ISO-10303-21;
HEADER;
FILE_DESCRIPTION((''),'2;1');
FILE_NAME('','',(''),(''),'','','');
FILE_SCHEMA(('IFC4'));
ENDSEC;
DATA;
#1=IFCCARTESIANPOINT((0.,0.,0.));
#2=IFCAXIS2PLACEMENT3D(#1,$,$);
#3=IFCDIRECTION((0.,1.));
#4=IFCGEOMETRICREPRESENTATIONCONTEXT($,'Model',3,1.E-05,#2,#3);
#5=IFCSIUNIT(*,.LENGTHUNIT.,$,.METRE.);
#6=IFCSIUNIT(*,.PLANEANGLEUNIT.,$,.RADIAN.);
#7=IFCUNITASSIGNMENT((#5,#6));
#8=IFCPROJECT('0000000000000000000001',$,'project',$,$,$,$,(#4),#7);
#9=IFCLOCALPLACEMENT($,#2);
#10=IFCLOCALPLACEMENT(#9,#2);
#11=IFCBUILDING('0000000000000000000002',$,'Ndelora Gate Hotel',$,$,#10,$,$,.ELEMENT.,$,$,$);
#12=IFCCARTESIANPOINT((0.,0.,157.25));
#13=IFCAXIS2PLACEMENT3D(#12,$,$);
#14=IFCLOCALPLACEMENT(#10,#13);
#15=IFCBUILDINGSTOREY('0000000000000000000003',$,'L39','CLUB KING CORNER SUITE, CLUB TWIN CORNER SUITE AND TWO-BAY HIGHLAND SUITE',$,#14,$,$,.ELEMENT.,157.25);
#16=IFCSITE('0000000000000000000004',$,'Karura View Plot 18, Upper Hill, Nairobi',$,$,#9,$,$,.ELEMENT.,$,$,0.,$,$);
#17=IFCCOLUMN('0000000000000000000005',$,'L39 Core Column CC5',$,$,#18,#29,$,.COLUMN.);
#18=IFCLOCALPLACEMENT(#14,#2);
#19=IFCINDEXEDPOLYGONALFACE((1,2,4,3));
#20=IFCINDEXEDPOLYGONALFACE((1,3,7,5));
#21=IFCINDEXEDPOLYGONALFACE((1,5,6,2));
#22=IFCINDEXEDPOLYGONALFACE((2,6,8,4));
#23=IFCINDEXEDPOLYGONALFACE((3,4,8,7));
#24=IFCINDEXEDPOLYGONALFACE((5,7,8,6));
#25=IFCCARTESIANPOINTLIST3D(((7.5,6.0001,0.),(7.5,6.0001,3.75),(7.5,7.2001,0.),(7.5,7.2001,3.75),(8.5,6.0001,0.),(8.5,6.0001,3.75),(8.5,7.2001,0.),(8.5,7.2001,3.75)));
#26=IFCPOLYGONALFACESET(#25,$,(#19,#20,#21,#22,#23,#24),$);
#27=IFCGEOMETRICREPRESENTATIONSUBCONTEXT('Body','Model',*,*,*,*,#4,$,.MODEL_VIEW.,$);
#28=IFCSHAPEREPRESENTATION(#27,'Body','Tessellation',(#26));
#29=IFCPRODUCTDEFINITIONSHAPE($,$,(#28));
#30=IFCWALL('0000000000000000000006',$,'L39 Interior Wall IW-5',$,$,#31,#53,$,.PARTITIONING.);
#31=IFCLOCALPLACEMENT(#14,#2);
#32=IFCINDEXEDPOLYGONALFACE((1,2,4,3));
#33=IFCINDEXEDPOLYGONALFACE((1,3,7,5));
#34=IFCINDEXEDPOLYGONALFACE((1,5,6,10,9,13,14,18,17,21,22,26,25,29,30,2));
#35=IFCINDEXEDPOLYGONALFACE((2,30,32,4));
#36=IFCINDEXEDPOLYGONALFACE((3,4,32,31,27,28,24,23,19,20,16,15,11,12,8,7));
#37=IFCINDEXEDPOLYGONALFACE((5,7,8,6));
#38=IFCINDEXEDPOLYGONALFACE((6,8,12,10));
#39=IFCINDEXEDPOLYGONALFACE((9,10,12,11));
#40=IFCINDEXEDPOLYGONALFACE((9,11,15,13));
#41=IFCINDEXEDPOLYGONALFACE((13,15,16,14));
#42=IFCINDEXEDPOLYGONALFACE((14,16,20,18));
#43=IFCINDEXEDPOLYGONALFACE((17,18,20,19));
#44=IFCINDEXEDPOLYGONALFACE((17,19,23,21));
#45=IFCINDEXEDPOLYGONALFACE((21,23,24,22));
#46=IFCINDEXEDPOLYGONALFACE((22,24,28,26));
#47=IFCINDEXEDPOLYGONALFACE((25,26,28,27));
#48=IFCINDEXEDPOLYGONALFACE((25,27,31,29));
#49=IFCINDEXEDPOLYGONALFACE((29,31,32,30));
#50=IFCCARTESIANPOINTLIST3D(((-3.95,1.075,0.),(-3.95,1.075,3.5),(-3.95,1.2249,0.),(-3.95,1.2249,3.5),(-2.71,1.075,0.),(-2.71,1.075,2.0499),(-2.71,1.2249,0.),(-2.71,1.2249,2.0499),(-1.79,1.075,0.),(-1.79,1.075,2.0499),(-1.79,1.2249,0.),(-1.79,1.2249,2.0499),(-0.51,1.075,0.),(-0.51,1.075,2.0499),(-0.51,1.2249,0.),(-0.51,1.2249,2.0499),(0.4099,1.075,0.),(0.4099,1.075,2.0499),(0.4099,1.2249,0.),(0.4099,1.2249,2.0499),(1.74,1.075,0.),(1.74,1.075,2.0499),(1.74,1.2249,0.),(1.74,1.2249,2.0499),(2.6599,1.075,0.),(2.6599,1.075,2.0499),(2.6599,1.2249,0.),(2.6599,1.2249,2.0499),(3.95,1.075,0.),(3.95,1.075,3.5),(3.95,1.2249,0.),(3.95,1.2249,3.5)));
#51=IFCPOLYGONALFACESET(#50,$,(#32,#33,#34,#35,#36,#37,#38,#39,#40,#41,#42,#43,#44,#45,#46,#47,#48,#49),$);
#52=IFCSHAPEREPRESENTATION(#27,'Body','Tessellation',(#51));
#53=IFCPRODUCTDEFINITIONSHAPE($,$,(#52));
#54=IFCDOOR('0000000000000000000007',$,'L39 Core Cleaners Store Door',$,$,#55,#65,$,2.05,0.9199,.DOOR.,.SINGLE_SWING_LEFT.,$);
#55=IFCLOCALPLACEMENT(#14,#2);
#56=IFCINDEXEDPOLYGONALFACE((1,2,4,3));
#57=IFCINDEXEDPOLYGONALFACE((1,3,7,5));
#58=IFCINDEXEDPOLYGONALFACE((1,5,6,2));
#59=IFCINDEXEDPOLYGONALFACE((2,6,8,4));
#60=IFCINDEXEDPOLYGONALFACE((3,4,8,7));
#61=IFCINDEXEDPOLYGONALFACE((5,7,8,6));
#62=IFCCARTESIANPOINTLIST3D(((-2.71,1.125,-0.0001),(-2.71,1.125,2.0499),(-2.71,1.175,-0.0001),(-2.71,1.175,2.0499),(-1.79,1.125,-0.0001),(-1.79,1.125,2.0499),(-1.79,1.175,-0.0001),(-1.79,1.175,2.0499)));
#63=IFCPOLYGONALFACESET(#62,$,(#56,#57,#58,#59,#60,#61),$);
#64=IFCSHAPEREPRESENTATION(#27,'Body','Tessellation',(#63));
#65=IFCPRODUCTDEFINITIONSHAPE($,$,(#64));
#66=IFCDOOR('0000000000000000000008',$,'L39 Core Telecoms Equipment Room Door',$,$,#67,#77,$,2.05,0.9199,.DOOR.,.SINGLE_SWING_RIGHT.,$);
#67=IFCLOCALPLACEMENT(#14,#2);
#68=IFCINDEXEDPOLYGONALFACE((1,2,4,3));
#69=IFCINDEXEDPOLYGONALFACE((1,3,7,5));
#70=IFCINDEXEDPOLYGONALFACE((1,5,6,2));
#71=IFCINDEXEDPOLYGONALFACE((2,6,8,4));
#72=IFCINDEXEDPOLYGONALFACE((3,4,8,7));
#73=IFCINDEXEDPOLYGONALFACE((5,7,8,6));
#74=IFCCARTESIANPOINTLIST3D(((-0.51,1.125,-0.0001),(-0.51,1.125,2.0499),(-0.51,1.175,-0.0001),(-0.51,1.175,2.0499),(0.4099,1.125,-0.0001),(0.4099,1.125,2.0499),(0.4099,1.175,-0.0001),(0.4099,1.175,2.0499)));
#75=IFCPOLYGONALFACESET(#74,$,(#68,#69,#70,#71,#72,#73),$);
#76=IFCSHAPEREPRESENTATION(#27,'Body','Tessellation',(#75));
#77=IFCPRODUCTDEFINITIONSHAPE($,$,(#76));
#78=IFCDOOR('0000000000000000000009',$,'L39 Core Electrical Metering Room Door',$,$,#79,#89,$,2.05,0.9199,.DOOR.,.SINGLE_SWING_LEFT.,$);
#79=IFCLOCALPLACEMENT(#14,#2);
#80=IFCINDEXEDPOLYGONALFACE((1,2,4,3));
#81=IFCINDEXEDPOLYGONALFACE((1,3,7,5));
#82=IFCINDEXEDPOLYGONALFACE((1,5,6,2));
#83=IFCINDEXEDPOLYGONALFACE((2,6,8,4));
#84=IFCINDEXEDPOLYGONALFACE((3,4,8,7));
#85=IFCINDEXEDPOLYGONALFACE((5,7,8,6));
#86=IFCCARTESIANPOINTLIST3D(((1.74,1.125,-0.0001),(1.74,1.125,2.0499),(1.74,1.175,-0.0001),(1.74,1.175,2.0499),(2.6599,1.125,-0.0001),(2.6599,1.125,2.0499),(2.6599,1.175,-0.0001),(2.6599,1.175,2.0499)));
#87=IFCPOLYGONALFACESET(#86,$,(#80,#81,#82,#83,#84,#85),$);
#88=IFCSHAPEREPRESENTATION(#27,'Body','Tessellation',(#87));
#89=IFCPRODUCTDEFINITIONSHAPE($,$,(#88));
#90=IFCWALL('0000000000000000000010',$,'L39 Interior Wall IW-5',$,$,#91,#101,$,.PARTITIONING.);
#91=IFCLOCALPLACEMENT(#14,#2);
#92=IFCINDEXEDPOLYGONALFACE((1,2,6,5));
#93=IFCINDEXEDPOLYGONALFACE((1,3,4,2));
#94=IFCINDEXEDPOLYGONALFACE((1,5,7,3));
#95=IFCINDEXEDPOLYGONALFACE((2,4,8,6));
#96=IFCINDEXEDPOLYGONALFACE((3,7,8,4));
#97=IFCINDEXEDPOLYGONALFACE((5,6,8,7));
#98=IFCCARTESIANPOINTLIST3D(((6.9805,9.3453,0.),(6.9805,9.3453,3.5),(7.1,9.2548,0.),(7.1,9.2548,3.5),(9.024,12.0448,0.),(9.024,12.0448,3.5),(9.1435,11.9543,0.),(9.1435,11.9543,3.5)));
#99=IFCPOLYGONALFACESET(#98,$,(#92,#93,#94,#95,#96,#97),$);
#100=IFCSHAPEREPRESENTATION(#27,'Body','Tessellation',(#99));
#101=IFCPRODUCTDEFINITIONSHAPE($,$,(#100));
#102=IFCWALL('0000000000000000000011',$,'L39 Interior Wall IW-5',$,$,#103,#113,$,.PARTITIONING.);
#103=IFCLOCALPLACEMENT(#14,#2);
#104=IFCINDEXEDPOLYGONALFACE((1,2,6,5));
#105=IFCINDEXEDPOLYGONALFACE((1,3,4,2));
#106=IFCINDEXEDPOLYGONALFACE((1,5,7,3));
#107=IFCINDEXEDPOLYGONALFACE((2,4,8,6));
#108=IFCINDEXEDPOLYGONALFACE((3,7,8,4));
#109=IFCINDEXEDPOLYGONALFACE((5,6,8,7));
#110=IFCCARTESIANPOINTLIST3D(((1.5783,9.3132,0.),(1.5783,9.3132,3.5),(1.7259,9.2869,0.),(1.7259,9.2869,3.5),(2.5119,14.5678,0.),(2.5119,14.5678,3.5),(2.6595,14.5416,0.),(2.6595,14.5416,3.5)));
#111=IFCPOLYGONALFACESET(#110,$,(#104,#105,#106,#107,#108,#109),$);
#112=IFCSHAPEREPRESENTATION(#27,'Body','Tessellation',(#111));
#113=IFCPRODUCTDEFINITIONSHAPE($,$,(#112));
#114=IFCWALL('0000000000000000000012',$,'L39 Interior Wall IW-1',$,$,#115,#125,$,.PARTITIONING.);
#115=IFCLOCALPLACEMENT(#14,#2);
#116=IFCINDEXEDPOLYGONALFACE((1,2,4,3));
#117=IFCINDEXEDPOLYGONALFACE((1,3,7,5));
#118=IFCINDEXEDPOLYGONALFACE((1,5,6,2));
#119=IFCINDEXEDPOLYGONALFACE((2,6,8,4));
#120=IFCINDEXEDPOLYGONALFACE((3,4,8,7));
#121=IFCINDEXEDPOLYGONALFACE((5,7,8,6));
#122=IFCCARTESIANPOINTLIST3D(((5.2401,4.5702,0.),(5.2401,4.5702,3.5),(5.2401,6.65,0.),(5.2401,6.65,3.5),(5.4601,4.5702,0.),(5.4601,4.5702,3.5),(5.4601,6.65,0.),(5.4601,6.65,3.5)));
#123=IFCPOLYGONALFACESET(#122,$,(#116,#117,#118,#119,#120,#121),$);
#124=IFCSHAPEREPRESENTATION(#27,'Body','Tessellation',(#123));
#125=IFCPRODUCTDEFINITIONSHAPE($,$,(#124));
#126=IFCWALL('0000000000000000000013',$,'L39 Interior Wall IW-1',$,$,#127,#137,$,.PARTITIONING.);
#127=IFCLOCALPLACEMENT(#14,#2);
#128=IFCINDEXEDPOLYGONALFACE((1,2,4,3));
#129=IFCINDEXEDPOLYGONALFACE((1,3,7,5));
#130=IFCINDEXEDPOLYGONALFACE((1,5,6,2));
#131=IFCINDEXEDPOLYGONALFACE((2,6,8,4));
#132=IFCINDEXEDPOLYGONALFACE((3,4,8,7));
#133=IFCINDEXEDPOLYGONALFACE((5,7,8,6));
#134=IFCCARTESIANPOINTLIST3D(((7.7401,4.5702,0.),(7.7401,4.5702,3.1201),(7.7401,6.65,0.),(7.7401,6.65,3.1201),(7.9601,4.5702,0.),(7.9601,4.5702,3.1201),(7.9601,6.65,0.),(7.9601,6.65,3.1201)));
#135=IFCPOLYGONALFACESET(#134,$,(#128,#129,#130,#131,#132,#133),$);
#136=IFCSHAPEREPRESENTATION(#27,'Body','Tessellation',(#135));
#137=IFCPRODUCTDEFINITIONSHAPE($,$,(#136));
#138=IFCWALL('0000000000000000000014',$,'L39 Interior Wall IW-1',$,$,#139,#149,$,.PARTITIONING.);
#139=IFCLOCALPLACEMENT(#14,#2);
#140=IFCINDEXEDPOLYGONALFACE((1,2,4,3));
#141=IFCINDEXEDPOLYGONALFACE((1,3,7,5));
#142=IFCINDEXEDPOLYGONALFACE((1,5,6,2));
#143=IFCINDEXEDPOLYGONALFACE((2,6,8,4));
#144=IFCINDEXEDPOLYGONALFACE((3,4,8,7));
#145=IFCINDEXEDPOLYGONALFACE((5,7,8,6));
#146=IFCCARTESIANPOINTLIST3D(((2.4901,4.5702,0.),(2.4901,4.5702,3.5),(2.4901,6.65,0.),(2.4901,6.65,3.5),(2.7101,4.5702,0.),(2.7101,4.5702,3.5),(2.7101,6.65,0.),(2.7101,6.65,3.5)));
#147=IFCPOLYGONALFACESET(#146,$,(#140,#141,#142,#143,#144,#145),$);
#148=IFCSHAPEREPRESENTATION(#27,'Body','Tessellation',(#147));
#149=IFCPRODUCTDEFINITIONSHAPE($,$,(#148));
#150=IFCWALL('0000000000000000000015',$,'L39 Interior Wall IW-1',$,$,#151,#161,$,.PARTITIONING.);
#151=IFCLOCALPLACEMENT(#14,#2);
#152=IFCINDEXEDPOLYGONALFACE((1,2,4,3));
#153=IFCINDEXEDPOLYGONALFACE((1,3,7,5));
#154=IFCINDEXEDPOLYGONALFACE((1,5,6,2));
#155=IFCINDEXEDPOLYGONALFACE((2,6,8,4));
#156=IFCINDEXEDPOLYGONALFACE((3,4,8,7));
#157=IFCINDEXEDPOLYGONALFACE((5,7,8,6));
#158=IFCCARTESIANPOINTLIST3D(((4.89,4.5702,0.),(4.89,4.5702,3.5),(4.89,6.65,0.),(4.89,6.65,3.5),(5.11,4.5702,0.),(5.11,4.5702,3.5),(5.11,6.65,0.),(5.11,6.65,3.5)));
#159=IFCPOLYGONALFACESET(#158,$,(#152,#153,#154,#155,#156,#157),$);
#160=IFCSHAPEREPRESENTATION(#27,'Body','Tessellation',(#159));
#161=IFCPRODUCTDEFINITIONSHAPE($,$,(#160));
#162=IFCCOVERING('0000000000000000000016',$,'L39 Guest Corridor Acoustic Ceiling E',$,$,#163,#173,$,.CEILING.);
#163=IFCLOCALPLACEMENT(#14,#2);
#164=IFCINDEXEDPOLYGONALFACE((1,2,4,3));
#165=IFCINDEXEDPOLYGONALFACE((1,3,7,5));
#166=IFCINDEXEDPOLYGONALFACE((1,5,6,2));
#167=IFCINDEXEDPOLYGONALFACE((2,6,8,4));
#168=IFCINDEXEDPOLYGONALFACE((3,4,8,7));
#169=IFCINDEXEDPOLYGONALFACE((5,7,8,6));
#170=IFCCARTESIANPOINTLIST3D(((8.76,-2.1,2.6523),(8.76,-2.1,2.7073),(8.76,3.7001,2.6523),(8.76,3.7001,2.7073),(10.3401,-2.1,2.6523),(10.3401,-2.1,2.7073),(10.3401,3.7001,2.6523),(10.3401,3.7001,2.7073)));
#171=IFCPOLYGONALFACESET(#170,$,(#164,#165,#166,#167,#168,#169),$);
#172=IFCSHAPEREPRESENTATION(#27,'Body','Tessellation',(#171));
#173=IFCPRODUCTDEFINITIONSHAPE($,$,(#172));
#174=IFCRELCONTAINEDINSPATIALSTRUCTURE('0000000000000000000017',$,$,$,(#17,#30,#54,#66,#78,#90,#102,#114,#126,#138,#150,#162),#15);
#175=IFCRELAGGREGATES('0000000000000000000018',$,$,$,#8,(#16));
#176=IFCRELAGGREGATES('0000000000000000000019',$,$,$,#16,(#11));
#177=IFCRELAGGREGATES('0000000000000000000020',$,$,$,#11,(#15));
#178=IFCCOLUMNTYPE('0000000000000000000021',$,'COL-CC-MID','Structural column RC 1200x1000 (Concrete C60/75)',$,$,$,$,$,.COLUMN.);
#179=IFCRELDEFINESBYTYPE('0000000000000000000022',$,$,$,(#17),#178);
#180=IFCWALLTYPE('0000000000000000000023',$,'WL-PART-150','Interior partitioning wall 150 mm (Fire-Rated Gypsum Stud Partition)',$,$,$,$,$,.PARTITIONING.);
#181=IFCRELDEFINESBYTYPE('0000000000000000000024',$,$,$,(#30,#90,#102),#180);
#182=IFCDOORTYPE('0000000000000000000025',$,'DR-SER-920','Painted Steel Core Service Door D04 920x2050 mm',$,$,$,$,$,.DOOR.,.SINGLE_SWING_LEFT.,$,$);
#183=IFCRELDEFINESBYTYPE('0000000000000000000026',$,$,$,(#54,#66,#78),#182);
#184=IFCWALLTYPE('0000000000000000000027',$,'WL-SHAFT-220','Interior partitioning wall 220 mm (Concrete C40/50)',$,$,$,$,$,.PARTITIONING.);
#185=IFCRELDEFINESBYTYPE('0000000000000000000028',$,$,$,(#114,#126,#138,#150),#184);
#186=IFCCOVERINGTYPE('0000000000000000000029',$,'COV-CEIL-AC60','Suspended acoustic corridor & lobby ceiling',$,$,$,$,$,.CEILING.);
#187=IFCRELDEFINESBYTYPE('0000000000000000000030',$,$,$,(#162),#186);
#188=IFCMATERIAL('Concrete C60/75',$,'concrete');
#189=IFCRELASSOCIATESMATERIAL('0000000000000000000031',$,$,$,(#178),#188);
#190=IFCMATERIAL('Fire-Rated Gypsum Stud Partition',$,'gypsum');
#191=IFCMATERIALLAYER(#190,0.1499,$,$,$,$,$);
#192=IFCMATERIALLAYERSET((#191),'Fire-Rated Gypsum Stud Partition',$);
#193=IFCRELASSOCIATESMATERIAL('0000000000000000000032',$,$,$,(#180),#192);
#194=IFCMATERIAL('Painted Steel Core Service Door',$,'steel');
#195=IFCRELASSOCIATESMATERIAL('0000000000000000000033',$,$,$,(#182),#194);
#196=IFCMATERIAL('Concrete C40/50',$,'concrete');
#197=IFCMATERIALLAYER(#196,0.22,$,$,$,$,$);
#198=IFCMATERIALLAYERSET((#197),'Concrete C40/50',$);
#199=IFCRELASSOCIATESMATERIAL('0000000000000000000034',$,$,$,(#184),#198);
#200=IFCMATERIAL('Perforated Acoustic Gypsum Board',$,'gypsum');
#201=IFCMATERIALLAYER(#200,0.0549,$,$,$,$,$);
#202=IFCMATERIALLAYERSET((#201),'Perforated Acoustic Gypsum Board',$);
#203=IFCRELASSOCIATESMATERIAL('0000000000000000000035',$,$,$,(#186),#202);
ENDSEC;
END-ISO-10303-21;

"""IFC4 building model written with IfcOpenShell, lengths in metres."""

from ifc_helpers import new_model, si_unit, direction, frame, frame_2d, origin, origin_2d, place, context, subcontext, project, spatial, rectangle, extrude, material, layer, layer_set, material_profile, profile_set, type_object, element, fill, save


model = new_model("IFC4")

# Units and contexts
model_context = context("Model", 3, precision=1e-05, world=origin(), true_north=direction((0.0, 1.0)))
body_context = subcontext(model_context, "Body", "Model", "MODEL_VIEW")
ifc_project = project(units=[si_unit("LENGTHUNIT", "METRE"), si_unit("PLANEANGLEUNIT", "RADIAN")], contexts=[model_context])

# Site, building, storey
site_placement = place(None, origin())
site = spatial("IfcSite", under=ifc_project, at=site_placement, Name="Karura View Plot 18, Upper Hill, Nairobi", CompositionType="ELEMENT", RefElevation=0.0)
building_placement = place(site_placement, origin())
building = spatial("IfcBuilding", under=site, at=building_placement, Name="Ndelora Gate Hotel", CompositionType="ELEMENT")
storey_placement = place(building_placement, frame((0.0, 0.0, 157.25)))
storey = spatial("IfcBuildingStorey", under=building, at=storey_placement, Name="L39", Description="CLUB KING CORNER SUITE, CLUB TWIN CORNER SUITE AND TWO-BAY HIGHLAND SUITE", CompositionType="ELEMENT", Elevation=157.25)

# Column
ifc_material_1 = material(Name="Concrete C60/75", Category="concrete")
ifc_material_profile = material_profile(ifc_material_1, rectangle(XDim=1.0, YDim=1.2, at=origin_2d()), Name="RC 1200x1000")
ifc_profile_set = profile_set([ifc_material_profile], Name="Concrete C60/75")
column_type = type_object("IfcColumnType", Name="COL-CC-MID", Description="Structural column RC 1200x1000 (Concrete C60/75)", PredefinedType="COLUMN", material=ifc_profile_set)
column_placement = place(storey_placement, frame((8.0, 6.6001, 0.0), z_axis=(0.0, 0.0, 1.0), x_axis=(1.0, 0.0, 0.0)))
element("IfcColumn", 1, at=column_placement, inside=storey, type_object=column_type, Name="L39 Core Column CC5", PredefinedType="COLUMN", context=body_context, shape_type="SweptSolid", body=[
    extrude(rectangle(XDim=1.0, YDim=1.2, at=origin_2d()), origin(), (0.0, 0.0, 1.0), 3.75),
])

# Shared definitions
ifc_material_2 = material(Name="Concrete C40/50", Category="concrete")

# Wall, openings, doors
ifc_material_3 = material(Name="Fire-Rated Gypsum Stud Partition", Category="gypsum")
ifc_layer_1 = layer(ifc_material_3, 0.1499)
ifc_layer_set_1 = layer_set([ifc_layer_1], Name="Fire-Rated Gypsum Stud Partition")
wall_type_1 = type_object("IfcWallType", Name="WL-PART-150", Description="Interior partitioning wall 150 mm (Fire-Rated Gypsum Stud Partition)", PredefinedType="PARTITIONING", material=ifc_layer_set_1)
wall_1_placement = place(storey_placement, frame((3.95, 1.1499, 0.0), z_axis=(0.0, 0.0, 1.0), x_axis=(-1.0, 0.0, 0.0)))
wall_1 = element("IfcWall", 2, at=wall_1_placement, inside=storey, type_object=wall_type_1, Name="L39 Interior Wall IW-5", PredefinedType="PARTITIONING", context=body_context, shape_type="SweptSolid", body=[
    extrude(rectangle(XDim=7.8999, YDim=0.1499, at=frame_2d((3.95, 0.0))), origin(), (0.0, 0.0, 1.0), 3.5),
])
opening_1_placement = place(wall_1_placement, frame((5.74, 0.0, 0.0)))
opening_1 = element("IfcOpeningElement", 3, at=opening_1_placement, cuts=wall_1, PredefinedType="OPENING", context=body_context, shape_type="SweptSolid", body=[
    extrude(rectangle(XDim=0.9199, YDim=2.05, at=frame_2d((0.46, 1.0249))), frame((0.0, 0.085, 0.0), z_axis=(0.0, -1.0, 0.0), x_axis=(1.0, 0.0, 0.0)), (0.0, 0.0, 1.0), 0.1699),
])
opening_2_placement = place(wall_1_placement, frame((3.54, 0.0, 0.0)))
opening_2 = element("IfcOpeningElement", 4, at=opening_2_placement, cuts=wall_1, PredefinedType="OPENING", context=body_context, shape_type="SweptSolid", body=[
    extrude(rectangle(XDim=0.9199, YDim=2.05, at=frame_2d((0.46, 1.0249))), frame((0.0, 0.085, 0.0), z_axis=(0.0, -1.0, 0.0), x_axis=(1.0, 0.0, 0.0)), (0.0, 0.0, 1.0), 0.1699),
])
opening_3_placement = place(wall_1_placement, frame((1.29, 0.0, 0.0)))
opening_3 = element("IfcOpeningElement", 5, at=opening_3_placement, cuts=wall_1, PredefinedType="OPENING", context=body_context, shape_type="SweptSolid", body=[
    extrude(rectangle(XDim=0.9199, YDim=2.05, at=frame_2d((0.46, 1.0249))), frame((0.0, 0.085, 0.0), z_axis=(0.0, -1.0, 0.0), x_axis=(1.0, 0.0, 0.0)), (0.0, 0.0, 1.0), 0.1699),
])
ifc_material_4 = material(Name="Painted Steel Core Service Door", Category="steel")
door_type_1 = type_object("IfcDoorType", Name="DR-SER-920", Description="Painted Steel Core Service Door D04 920x2050 mm", OperationType="SINGLE_SWING_LEFT", PredefinedType="DOOR", material=ifc_material_4)
door_1_placement = place(opening_1_placement, origin())
door_1 = element("IfcDoor", 6, at=door_1_placement, inside=storey, type_object=door_type_1, Name="L39 Core Cleaners Store Door", OperationType="SINGLE_SWING_LEFT", OverallHeight=2.05, OverallWidth=0.9199, PredefinedType="DOOR", context=body_context, shape_type="SweptSolid", body=[
    extrude(rectangle(XDim=0.9199, YDim=2.05, at=frame_2d((0.46, 1.0249))), frame((0.0, 0.0249, 0.0), z_axis=(0.0, -1.0, 0.0), x_axis=(1.0, 0.0, 0.0)), (0.0, 0.0, 1.0), 0.05),
])
fill(opening_1, door_1)
door_2_placement = place(opening_2_placement, origin())
door_2 = element("IfcDoor", 7, at=door_2_placement, inside=storey, type_object=door_type_1, Name="L39 Core Telecoms Equipment Room Door", OperationType="SINGLE_SWING_RIGHT", OverallHeight=2.05, OverallWidth=0.9199, PredefinedType="DOOR", context=body_context, shape_type="SweptSolid", body=[
    extrude(rectangle(XDim=0.9199, YDim=2.05, at=frame_2d((0.46, 1.0249))), frame((0.0, 0.0249, 0.0), z_axis=(0.0, -1.0, 0.0), x_axis=(1.0, 0.0, 0.0)), (0.0, 0.0, 1.0), 0.05),
])
fill(opening_2, door_2)
door_3_placement = place(opening_3_placement, origin())
door_3 = element("IfcDoor", 8, at=door_3_placement, inside=storey, type_object=door_type_1, Name="L39 Core Electrical Metering Room Door", OperationType="SINGLE_SWING_LEFT", OverallHeight=2.05, OverallWidth=0.9199, PredefinedType="DOOR", context=body_context, shape_type="SweptSolid", body=[
    extrude(rectangle(XDim=0.9199, YDim=2.05, at=frame_2d((0.46, 1.0249))), frame((0.0, 0.0249, 0.0), z_axis=(0.0, -1.0, 0.0), x_axis=(1.0, 0.0, 0.0)), (0.0, 0.0, 1.0), 0.05),
])
fill(opening_3, door_3)

# Walls
wall_2_placement = place(storey_placement, frame((7.0403, 9.3, 0.0), z_axis=(0.0, 0.0, 1.0), x_axis=(0.603559, 0.797318, 0.0)))
element("IfcWall", 9, at=wall_2_placement, inside=storey, type_object=wall_type_1, Name="L39 Interior Wall IW-5", PredefinedType="PARTITIONING", context=body_context, shape_type="SweptSolid", body=[
    extrude(rectangle(XDim=3.3857, YDim=0.1499, at=frame_2d((1.6929, 0.0))), origin(), (0.0, 0.0, 1.0), 3.5),
])
wall_3_placement = place(storey_placement, frame((1.6521, 9.3, 0.0), z_axis=(0.0, 0.0, 1.0), x_axis=(0.174931, 0.984581, 0.0)))
element("IfcWall", 10, at=wall_3_placement, inside=storey, type_object=wall_type_1, Name="L39 Interior Wall IW-5", PredefinedType="PARTITIONING", context=body_context, shape_type="SweptSolid", body=[
    extrude(rectangle(XDim=5.3369, YDim=0.1499, at=frame_2d((2.6685, 0.0))), origin(), (0.0, 0.0, 1.0), 3.5),
])

# Shared definitions
ifc_layer_2 = layer(ifc_material_2, 0.22)
ifc_layer_set_2 = layer_set([ifc_layer_2], Name="Concrete C40/50")
wall_type_2 = type_object("IfcWallType", Name="WL-SHAFT-220", Description="Interior partitioning wall 220 mm (Concrete C40/50)", PredefinedType="PARTITIONING", material=ifc_layer_set_2)

# Walls
wall_4_placement = place(storey_placement, frame((5.3501, 4.5701, 0.0), z_axis=(0.0, 0.0, 1.0), x_axis=(0.0, 1.0, 0.0)))
element("IfcWall", 11, at=wall_4_placement, inside=storey, type_object=wall_type_2, Name="L39 Interior Wall IW-1", PredefinedType="PARTITIONING", context=body_context, shape_type="SweptSolid", body=[
    extrude(rectangle(XDim=2.0798, YDim=0.22, at=frame_2d((1.04, 0.0))), origin(), (0.0, 0.0, 1.0), 3.5),
])
wall_5_placement = place(storey_placement, frame((7.8501, 4.5701, 0.0), z_axis=(0.0, 0.0, 1.0), x_axis=(0.0, 1.0, 0.0)))
element("IfcWall", 12, at=wall_5_placement, inside=storey, type_object=wall_type_2, Name="L39 Interior Wall IW-1", PredefinedType="PARTITIONING", context=body_context, shape_type="SweptSolid", body=[
    extrude(rectangle(XDim=2.0798, YDim=0.22, at=frame_2d((1.04, 0.0))), origin(), (0.0, 0.0, 1.0), 3.1201),
])

# Walls
for number, where, z_axis, x_axis, name in (
    (13, (2.6001, 4.5701, 0.0), (0.0, 0.0, 1.0), (0.0, 1.0, 0.0), "L39 Interior Wall IW-1"),
    (14, (5.0, 4.5701, 0.0), (0.0, 0.0, 1.0), (0.0, 1.0, 0.0), "L39 Interior Wall IW-1"),
):
    element("IfcWall", number, at=place(storey_placement, frame(where, z_axis=z_axis, x_axis=x_axis)), inside=storey, type_object=wall_type_2, Name=name, PredefinedType="PARTITIONING", context=body_context, shape_type="SweptSolid", body=[
        extrude(rectangle(XDim=2.0798, YDim=0.22, at=frame_2d((1.04, 0.0))), origin(), (0.0, 0.0, 1.0), 3.5),
    ])

# Covering
ifc_material_5 = material(Name="Perforated Acoustic Gypsum Board", Category="gypsum")
ifc_layer_3 = layer(ifc_material_5, 0.0549)
ifc_layer_set_3 = layer_set([ifc_layer_3], Name="Perforated Acoustic Gypsum Board")
covering_type_1 = type_object("IfcCoveringType", Name="COV-CEIL-AC60", Description="Suspended acoustic corridor & lobby ceiling", PredefinedType="CEILING", material=ifc_layer_set_3)
covering_1_placement = place(storey_placement, frame((9.55, 0.8, 2.6523), z_axis=(0.0, 0.0, 1.0), x_axis=(1.0, 0.0, 0.0)))
element("IfcCovering", 15, at=covering_1_placement, inside=storey, type_object=covering_type_1, Name="L39 Guest Corridor Acoustic Ceiling E", PredefinedType="CEILING", context=body_context, shape_type="SweptSolid", body=[
    extrude(rectangle(XDim=1.5801, YDim=5.8, at=origin_2d()), origin(), (0.0, 0.0, 1.0), 0.0549),
])

save(model, "model.ifc")
